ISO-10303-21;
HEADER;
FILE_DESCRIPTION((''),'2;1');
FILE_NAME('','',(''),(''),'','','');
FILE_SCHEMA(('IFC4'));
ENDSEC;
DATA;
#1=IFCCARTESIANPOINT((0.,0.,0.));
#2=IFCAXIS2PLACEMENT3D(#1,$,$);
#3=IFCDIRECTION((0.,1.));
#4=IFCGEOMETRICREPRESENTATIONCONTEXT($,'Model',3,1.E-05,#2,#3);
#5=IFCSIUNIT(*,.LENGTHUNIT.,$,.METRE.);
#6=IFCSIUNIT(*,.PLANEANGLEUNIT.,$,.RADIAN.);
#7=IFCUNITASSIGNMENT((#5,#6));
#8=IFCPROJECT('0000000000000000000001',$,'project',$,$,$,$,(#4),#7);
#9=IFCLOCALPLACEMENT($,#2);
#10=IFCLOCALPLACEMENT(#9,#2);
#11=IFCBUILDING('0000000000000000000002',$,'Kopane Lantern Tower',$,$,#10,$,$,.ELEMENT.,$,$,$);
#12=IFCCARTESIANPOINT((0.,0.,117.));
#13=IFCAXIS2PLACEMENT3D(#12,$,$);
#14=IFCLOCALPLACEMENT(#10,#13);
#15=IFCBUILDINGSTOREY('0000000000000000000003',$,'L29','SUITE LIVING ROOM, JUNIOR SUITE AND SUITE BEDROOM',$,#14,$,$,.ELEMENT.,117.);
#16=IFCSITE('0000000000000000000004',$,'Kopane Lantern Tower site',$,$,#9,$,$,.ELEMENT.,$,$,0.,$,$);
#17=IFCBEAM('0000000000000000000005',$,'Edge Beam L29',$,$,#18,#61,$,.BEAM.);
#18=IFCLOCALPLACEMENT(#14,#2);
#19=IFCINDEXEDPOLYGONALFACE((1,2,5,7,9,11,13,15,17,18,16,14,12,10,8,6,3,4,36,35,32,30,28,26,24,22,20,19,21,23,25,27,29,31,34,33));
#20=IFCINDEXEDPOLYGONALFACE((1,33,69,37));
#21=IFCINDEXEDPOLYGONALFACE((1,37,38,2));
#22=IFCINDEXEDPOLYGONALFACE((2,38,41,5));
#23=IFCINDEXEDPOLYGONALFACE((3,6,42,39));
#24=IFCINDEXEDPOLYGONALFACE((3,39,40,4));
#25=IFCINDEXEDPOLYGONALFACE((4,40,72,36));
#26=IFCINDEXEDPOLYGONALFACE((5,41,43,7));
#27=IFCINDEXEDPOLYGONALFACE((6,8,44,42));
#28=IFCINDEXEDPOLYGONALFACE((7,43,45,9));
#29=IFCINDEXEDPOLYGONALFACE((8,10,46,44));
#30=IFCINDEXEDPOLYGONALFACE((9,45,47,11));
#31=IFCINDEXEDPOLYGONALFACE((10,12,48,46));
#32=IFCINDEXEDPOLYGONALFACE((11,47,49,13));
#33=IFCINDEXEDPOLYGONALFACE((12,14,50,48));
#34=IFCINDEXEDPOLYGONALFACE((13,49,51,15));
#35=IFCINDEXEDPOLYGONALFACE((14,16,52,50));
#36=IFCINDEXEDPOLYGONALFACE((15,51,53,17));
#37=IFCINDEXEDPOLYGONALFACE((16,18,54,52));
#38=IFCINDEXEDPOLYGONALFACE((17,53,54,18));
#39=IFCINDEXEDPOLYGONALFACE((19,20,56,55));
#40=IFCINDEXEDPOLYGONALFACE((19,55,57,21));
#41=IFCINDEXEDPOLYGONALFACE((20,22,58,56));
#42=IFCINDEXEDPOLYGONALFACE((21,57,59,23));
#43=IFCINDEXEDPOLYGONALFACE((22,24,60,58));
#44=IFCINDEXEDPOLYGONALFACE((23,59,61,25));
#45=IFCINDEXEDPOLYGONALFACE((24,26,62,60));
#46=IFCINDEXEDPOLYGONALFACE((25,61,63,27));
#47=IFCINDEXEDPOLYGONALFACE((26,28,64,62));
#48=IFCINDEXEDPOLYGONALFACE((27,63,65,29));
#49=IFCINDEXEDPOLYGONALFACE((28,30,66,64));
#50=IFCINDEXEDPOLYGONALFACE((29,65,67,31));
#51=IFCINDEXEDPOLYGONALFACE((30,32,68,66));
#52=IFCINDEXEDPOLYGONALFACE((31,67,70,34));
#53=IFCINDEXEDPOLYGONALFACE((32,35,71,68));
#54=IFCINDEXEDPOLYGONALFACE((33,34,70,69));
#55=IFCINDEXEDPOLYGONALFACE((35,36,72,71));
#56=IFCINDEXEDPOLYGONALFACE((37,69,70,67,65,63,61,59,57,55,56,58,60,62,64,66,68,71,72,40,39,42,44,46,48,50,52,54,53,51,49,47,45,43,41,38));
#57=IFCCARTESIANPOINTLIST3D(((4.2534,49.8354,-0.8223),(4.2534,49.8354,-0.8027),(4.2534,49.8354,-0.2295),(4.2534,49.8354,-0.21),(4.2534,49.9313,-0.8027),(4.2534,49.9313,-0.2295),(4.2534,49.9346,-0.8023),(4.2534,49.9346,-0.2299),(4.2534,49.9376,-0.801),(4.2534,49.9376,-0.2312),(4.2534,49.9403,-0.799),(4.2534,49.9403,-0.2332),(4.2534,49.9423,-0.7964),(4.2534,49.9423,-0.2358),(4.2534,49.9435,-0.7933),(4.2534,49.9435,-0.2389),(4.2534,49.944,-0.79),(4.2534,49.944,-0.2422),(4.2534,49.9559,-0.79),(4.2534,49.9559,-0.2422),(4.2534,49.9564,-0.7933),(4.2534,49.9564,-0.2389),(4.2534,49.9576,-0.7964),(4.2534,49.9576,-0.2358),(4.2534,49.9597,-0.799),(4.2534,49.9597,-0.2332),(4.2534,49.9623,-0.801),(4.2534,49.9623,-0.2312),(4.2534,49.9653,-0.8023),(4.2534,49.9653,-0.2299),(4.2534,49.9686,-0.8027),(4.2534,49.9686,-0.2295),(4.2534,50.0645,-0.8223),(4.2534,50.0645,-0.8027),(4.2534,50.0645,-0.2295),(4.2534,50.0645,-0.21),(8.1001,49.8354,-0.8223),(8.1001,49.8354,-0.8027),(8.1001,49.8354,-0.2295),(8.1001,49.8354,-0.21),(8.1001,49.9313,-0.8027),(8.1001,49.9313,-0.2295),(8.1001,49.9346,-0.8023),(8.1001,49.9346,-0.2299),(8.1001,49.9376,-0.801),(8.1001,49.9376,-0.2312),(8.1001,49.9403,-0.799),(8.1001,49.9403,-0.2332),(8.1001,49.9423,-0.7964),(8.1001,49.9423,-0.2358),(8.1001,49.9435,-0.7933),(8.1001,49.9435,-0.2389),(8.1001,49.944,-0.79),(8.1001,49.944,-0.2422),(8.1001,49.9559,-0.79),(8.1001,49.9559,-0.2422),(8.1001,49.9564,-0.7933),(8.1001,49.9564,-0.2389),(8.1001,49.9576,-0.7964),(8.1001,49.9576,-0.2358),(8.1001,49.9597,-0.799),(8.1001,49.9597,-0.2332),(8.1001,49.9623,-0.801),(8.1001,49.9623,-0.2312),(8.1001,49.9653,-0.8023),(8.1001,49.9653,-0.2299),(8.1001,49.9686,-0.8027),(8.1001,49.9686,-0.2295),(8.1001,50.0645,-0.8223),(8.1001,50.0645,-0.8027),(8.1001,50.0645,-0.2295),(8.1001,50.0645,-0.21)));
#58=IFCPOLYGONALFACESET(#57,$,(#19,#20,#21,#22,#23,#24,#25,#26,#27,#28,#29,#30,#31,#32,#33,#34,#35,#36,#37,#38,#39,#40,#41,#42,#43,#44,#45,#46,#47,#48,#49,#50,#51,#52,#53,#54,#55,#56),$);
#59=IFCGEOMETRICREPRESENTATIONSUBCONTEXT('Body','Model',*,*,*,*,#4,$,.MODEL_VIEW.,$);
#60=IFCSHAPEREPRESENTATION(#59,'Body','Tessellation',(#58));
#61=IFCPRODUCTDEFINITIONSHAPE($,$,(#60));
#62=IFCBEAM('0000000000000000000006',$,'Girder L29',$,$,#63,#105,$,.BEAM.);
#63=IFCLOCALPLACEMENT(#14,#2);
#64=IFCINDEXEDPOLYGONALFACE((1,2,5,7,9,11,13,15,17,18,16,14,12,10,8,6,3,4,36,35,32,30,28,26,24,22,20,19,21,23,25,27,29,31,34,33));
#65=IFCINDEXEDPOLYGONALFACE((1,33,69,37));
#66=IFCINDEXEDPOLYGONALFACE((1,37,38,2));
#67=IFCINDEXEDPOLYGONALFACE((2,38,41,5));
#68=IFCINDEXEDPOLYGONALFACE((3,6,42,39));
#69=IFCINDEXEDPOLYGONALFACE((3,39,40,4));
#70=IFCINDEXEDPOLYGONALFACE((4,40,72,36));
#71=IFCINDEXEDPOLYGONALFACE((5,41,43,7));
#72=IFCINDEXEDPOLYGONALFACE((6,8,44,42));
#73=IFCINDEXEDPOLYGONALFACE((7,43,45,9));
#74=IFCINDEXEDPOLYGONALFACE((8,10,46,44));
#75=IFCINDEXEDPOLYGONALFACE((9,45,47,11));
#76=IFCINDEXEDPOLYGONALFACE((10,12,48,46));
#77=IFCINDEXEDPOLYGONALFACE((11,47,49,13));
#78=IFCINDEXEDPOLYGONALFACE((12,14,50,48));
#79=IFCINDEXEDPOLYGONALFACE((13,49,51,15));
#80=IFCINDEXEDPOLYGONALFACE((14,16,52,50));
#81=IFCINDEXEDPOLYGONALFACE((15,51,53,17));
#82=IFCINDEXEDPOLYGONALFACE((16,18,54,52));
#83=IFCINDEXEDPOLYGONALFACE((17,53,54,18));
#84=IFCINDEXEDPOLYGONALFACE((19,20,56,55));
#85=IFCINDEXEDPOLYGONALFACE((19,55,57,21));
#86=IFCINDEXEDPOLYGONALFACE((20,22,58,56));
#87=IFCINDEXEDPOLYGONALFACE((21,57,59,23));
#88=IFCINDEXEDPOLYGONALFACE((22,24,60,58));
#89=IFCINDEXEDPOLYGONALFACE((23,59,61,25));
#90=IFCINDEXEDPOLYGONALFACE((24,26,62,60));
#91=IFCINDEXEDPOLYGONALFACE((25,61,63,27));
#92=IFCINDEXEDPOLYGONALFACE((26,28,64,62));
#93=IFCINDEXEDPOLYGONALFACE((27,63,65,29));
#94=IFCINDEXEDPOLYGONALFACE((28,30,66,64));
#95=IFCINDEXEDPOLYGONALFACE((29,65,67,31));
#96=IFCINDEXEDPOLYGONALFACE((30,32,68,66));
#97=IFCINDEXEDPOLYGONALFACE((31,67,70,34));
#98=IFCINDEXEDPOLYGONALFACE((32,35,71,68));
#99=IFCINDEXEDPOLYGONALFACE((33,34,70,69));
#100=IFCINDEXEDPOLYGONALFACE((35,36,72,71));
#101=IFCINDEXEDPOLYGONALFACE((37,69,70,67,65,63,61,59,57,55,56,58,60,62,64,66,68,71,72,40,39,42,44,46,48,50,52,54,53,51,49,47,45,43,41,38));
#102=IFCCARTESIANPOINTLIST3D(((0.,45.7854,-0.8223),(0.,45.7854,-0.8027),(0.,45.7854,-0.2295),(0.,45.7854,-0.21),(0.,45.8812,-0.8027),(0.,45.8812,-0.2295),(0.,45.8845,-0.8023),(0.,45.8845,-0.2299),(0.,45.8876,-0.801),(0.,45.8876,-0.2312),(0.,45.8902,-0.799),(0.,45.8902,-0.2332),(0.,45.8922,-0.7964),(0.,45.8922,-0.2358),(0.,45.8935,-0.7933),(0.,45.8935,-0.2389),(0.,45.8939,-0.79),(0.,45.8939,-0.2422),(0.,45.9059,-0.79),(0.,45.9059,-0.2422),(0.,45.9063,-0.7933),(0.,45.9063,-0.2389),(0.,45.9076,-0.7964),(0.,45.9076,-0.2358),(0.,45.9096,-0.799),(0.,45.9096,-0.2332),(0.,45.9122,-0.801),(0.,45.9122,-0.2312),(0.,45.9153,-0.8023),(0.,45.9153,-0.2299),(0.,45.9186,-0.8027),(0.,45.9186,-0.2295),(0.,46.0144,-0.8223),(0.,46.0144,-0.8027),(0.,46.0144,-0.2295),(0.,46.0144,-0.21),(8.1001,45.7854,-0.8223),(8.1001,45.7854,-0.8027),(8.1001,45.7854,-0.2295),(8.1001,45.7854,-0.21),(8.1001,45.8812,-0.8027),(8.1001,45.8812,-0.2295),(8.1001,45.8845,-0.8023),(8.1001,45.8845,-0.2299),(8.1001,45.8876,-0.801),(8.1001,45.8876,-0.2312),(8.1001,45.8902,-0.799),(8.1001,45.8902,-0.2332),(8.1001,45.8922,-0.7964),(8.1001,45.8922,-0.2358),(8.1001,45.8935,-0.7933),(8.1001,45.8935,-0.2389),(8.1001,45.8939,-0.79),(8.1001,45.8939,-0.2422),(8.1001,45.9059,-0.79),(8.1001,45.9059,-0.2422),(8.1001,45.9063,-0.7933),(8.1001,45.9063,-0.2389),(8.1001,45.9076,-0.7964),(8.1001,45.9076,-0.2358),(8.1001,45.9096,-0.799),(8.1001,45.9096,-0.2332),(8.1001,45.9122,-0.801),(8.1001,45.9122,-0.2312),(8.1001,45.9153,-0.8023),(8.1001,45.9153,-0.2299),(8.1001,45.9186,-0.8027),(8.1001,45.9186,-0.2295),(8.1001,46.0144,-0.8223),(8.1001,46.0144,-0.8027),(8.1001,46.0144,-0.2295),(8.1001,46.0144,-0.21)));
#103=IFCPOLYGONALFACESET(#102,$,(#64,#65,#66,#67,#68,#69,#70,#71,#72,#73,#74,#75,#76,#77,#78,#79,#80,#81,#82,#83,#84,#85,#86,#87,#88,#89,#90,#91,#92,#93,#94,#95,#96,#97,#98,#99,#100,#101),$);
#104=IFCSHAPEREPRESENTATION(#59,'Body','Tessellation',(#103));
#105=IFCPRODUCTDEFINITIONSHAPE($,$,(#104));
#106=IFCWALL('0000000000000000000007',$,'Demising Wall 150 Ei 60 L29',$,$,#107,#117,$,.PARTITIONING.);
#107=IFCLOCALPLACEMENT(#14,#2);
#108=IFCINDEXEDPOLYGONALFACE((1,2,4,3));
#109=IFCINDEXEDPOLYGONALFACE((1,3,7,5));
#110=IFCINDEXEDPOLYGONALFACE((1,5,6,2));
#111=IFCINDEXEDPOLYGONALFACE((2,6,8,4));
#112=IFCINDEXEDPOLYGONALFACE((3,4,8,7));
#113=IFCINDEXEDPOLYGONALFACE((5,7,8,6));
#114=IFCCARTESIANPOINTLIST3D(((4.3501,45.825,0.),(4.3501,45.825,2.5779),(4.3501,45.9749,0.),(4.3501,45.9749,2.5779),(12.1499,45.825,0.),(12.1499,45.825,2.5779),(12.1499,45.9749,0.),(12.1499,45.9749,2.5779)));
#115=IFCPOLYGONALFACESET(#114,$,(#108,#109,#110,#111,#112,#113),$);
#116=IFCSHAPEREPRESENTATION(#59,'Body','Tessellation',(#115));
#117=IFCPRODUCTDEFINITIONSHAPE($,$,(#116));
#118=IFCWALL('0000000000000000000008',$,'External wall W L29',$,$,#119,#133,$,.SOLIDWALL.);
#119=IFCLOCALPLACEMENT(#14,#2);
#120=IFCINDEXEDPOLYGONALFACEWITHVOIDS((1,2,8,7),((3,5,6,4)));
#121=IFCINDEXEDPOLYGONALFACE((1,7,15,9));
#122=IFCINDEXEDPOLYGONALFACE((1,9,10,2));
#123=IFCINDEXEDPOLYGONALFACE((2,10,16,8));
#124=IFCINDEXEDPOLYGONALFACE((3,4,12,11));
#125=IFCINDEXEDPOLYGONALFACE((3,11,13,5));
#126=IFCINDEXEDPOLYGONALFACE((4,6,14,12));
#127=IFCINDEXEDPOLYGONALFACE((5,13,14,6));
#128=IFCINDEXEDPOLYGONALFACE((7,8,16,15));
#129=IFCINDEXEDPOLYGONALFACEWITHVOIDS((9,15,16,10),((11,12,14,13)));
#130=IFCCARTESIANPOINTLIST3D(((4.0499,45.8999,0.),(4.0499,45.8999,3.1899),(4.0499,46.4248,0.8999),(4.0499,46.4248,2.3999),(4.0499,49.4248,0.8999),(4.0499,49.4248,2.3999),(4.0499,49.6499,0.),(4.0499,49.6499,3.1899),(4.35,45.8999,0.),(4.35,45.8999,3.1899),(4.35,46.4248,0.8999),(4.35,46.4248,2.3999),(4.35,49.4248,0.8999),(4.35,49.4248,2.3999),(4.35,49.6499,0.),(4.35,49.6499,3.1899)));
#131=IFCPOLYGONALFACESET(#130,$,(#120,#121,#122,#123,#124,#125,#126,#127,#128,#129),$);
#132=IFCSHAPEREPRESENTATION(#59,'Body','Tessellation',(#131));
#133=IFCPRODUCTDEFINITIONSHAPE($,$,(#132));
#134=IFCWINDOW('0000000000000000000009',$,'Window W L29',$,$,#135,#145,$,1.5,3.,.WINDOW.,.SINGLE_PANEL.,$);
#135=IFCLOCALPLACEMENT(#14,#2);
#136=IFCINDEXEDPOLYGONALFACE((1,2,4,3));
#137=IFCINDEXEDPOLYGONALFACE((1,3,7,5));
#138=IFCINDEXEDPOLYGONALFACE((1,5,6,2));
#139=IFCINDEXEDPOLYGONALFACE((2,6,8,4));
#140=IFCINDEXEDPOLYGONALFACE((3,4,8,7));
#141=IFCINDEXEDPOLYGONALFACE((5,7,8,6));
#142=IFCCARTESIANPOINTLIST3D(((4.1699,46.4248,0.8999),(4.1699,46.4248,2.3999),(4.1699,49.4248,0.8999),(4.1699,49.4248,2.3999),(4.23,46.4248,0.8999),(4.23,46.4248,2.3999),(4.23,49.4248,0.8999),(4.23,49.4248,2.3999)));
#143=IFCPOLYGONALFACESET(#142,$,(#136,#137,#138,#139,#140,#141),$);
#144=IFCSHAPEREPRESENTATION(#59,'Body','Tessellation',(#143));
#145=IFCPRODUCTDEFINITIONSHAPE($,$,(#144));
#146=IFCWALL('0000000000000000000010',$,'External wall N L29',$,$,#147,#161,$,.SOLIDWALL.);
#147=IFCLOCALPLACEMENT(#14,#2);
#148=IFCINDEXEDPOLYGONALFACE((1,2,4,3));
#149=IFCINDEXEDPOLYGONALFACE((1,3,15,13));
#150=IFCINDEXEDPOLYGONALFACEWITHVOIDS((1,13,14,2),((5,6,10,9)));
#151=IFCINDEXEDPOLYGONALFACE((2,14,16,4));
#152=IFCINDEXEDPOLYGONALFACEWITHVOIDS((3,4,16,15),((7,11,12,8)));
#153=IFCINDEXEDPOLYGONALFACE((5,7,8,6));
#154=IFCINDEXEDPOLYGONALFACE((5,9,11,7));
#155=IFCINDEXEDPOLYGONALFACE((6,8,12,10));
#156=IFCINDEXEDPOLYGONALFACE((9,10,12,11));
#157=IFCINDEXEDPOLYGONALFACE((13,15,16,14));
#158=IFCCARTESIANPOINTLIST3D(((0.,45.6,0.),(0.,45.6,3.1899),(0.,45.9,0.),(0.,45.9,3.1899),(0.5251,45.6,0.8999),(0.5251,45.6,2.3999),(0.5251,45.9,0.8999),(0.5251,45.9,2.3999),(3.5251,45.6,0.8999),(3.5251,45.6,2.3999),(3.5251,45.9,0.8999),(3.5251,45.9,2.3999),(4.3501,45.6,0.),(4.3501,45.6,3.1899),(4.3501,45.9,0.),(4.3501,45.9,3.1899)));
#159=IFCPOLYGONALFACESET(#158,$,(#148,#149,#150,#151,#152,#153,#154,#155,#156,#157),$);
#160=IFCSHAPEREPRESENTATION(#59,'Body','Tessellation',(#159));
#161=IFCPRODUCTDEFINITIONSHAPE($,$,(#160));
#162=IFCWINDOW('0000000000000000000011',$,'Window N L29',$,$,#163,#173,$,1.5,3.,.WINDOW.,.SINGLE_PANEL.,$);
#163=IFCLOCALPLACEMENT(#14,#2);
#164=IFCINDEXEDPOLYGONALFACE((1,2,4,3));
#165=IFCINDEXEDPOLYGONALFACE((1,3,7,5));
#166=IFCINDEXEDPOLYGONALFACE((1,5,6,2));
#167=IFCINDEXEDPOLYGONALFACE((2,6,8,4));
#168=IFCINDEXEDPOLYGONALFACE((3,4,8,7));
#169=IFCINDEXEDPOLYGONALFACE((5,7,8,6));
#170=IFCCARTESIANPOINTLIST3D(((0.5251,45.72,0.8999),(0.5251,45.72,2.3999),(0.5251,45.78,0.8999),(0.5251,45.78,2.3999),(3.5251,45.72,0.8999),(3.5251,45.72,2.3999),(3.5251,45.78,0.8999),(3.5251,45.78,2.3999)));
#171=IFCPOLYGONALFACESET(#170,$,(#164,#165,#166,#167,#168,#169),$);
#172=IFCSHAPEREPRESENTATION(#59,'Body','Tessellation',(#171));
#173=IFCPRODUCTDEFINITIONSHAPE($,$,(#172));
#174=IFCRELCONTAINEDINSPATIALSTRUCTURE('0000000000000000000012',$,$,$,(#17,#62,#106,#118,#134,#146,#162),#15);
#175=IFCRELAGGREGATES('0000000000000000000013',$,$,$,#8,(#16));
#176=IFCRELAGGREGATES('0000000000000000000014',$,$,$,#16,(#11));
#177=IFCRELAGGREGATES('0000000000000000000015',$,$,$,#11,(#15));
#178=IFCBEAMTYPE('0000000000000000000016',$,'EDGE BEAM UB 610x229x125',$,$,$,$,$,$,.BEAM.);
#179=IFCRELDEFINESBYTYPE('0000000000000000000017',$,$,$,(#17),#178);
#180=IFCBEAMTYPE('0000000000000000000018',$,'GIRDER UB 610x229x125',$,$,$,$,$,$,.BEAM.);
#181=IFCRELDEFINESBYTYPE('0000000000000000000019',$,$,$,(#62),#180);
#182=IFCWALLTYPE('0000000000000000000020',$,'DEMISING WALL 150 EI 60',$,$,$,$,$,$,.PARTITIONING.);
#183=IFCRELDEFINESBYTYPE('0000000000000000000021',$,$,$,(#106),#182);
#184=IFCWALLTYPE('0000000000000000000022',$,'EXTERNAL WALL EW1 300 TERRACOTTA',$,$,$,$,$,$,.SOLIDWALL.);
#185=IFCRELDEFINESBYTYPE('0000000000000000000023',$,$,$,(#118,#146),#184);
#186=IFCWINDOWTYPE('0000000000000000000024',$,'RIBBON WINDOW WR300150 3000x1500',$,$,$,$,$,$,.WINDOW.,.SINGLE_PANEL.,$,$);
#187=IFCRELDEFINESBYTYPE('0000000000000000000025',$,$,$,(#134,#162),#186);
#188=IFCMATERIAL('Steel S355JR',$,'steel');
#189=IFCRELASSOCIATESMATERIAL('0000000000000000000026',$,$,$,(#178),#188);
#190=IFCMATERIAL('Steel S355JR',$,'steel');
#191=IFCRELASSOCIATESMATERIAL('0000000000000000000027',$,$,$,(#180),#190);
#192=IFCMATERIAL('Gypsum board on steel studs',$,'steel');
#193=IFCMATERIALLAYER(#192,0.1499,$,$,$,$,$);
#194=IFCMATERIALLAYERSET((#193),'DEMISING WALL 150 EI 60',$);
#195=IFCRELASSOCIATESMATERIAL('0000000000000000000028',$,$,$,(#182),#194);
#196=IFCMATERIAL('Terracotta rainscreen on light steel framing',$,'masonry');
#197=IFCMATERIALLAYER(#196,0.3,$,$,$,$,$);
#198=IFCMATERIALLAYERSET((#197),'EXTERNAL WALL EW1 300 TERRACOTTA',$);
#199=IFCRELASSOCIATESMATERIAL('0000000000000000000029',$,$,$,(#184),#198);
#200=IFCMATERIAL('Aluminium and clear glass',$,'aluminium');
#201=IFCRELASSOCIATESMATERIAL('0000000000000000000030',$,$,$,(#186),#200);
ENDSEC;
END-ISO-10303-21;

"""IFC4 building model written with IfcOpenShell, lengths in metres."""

from ifc_helpers import new_model, si_unit, direction, frame, frame_2d, origin, origin_2d, place, context, subcontext, project, spatial, rectangle, i_section, extrude, material, layer, layer_set, material_profile, profile_set, type_object, element, fill, save


model = new_model("IFC4")

# Units and contexts
model_context = context("Model", 3, precision=1e-05, world=origin(), true_north=direction((0.0, 1.0)))
body_context = subcontext(model_context, "Body", "Model", "MODEL_VIEW")
ifc_project = project(units=[si_unit("LENGTHUNIT", "METRE"), si_unit("PLANEANGLEUNIT", "RADIAN")], contexts=[model_context])

# Site, building, storey
site_placement = place(None, origin())
site = spatial("IfcSite", under=ifc_project, at=site_placement, Name="Kopane Lantern Tower site", CompositionType="ELEMENT", RefElevation=0.0)
building_placement = place(site_placement, origin())
building = spatial("IfcBuilding", under=site, at=building_placement, Name="Kopane Lantern Tower", CompositionType="ELEMENT")
storey_placement = place(building_placement, frame((0.0, 0.0, 117.0)))
storey = spatial("IfcBuildingStorey", under=building, at=storey_placement, Name="L29", Description="SUITE LIVING ROOM, JUNIOR SUITE AND SUITE BEDROOM", CompositionType="ELEMENT", Elevation=117.0)

# Beams
ifc_material_1 = material(Name="Steel S355JR", Category="steel")
ifc_material_profile_1 = material_profile(ifc_material_1, i_section(OverallWidth=0.229, OverallDepth=0.6123, WebThickness=0.012, FlangeThickness=0.0195, FilletRadius=0.0127, at=origin_2d()), Name="UB 610x229x125")
ifc_profile_set_1 = profile_set([ifc_material_profile_1], Name="Steel S355JR")
beam_type_1 = type_object("IfcBeamType", Name="EDGE BEAM UB 610x229x125", PredefinedType="BEAM", material=ifc_profile_set_1)
for number, where, z_axis, x_axis, name in (
    (1, (4.2534, 49.95, -0.5161), (1.0, 0.0, 0.0), (0.0, 1.0, 0.0), "Edge Beam L29"),
):
    element("IfcBeam", number, at=place(storey_placement, frame(where, z_axis=z_axis, x_axis=x_axis)), inside=storey, type_object=beam_type_1, Name=name, PredefinedType="BEAM", context=body_context, shape_type="SweptSolid", body=[
        extrude(i_section(OverallWidth=0.229, OverallDepth=0.6123, WebThickness=0.012, FlangeThickness=0.0195, FilletRadius=0.0127, at=origin_2d()), origin(), (0.0, 0.0, 1.0), 3.8467),
    ])
ifc_material_2 = material(Name="Steel S355JR", Category="steel")
ifc_material_profile_2 = material_profile(ifc_material_2, i_section(OverallWidth=0.229, OverallDepth=0.6123, WebThickness=0.012, FlangeThickness=0.0195, FilletRadius=0.0127, at=origin_2d()), Name="UB 610x229x125")
ifc_profile_set_2 = profile_set([ifc_material_profile_2], Name="Steel S355JR")
beam_type_2 = type_object("IfcBeamType", Name="GIRDER UB 610x229x125", PredefinedType="BEAM", material=ifc_profile_set_2)
beam_1_placement = place(storey_placement, frame((0.0, 45.8999, -0.5161), z_axis=(1.0, 0.0, 0.0), x_axis=(0.0, 1.0, 0.0)))
element("IfcBeam", 2, at=beam_1_placement, inside=storey, type_object=beam_type_2, Name="Girder L29", PredefinedType="BEAM", context=body_context, shape_type="SweptSolid", body=[
    extrude(i_section(OverallWidth=0.229, OverallDepth=0.6123, WebThickness=0.012, FlangeThickness=0.0195, FilletRadius=0.0127, at=origin_2d()), origin(), (0.0, 0.0, 1.0), 8.1001),
])

# Wall
ifc_material_3 = material(Name="Gypsum board on steel studs", Category="steel")
ifc_layer_1 = layer(ifc_material_3, 0.1499)
ifc_layer_set_1 = layer_set([ifc_layer_1], Name="DEMISING WALL 150 EI 60")
wall_type_1 = type_object("IfcWallType", Name="DEMISING WALL 150 EI 60", PredefinedType="PARTITIONING", material=ifc_layer_set_1)
wall_1_placement = place(storey_placement, frame((4.3501, 45.8999, 0.0), z_axis=(0.0, 0.0, 1.0), x_axis=(1.0, 0.0, 0.0)))
element("IfcWall", 3, at=wall_1_placement, inside=storey, type_object=wall_type_1, Name="Demising Wall 150 Ei 60 L29", PredefinedType="PARTITIONING", context=body_context, shape_type="SweptSolid", body=[
    extrude(rectangle(XDim=7.7998, YDim=0.1499, at=frame_2d((3.8999, 0.0))), origin(), (0.0, 0.0, 1.0), 2.5779),
])

# Walls, openings, windows
ifc_material_4 = material(Name="Terracotta rainscreen on light steel framing", Category="masonry")
ifc_layer_2 = layer(ifc_material_4, 0.3)
ifc_layer_set_2 = layer_set([ifc_layer_2], Name="EXTERNAL WALL EW1 300 TERRACOTTA")
wall_type_2 = type_object("IfcWallType", Name="EXTERNAL WALL EW1 300 TERRACOTTA", PredefinedType="SOLIDWALL", material=ifc_layer_set_2)
wall_2_placement = place(storey_placement, frame((4.2, 49.6499, 0.0), z_axis=(0.0, 0.0, 1.0), x_axis=(0.0, -1.0, 0.0)))
wall_2 = element("IfcWall", 4, at=wall_2_placement, inside=storey, type_object=wall_type_2, Name="External wall W L29", PredefinedType="SOLIDWALL", context=body_context, shape_type="SweptSolid", body=[
    extrude(rectangle(XDim=3.75, YDim=0.3, at=frame_2d((1.875, 0.0))), origin(), (0.0, 0.0, 1.0), 3.1899),
])
opening_1_placement = place(wall_2_placement, frame((0.2251, 0.0, 0.8999)))
opening_1 = element("IfcOpeningElement", 5, at=opening_1_placement, cuts=wall_2, PredefinedType="OPENING", context=body_context, shape_type="SweptSolid", body=[
    extrude(rectangle(XDim=3.0, YDim=1.5, at=frame_2d((1.5, 0.75))), frame((0.0, 0.1599, 0.0), z_axis=(0.0, -1.0, 0.0), x_axis=(1.0, 0.0, 0.0)), (0.0, 0.0, 1.0), 0.3201),
])
ifc_material_5 = material(Name="Aluminium and clear glass", Category="aluminium")
window_type_1 = type_object("IfcWindowType", Name="RIBBON WINDOW WR300150 3000x1500", PartitioningType="SINGLE_PANEL", PredefinedType="WINDOW", material=ifc_material_5)
window_1_placement = place(opening_1_placement, origin())
window_1 = element("IfcWindow", 6, at=window_1_placement, inside=storey, type_object=window_type_1, Name="Window W L29", OverallHeight=1.5, OverallWidth=3.0, PartitioningType="SINGLE_PANEL", PredefinedType="WINDOW", context=body_context, shape_type="SweptSolid", body=[
    extrude(rectangle(XDim=3.0, YDim=1.5, at=frame_2d((1.5, 0.75))), frame((0.0, 0.03, 0.0), z_axis=(0.0, -1.0, 0.0), x_axis=(1.0, 0.0, 0.0)), (0.0, 0.0, 1.0), 0.0601),
])
fill(opening_1, window_1)
wall_3_placement = place(storey_placement, frame((4.3501, 45.75, 0.0), z_axis=(0.0, 0.0, 1.0), x_axis=(-1.0, 0.0, 0.0)))
wall_3 = element("IfcWall", 7, at=wall_3_placement, inside=storey, type_object=wall_type_2, Name="External wall N L29", PredefinedType="SOLIDWALL", context=body_context, shape_type="SweptSolid", body=[
    extrude(rectangle(XDim=4.3501, YDim=0.3, at=frame_2d((2.175, 0.0))), origin(), (0.0, 0.0, 1.0), 3.1899),
])
opening_2_placement = place(wall_3_placement, frame((0.825, 0.0, 0.8999)))
opening_2 = element("IfcOpeningElement", 8, at=opening_2_placement, cuts=wall_3, PredefinedType="OPENING", context=body_context, shape_type="SweptSolid", body=[
    extrude(rectangle(XDim=3.0, YDim=1.5, at=frame_2d((1.5, 0.75))), frame((0.0, 0.1599, 0.0), z_axis=(0.0, -1.0, 0.0), x_axis=(1.0, 0.0, 0.0)), (0.0, 0.0, 1.0), 0.3201),
])
window_2_placement = place(opening_2_placement, origin())
window_2 = element("IfcWindow", 9, at=window_2_placement, inside=storey, type_object=window_type_1, Name="Window N L29", OverallHeight=1.5, OverallWidth=3.0, PartitioningType="SINGLE_PANEL", PredefinedType="WINDOW", context=body_context, shape_type="SweptSolid", body=[
    extrude(rectangle(XDim=3.0, YDim=1.5, at=frame_2d((1.5, 0.75))), frame((0.0, 0.03, 0.0), z_axis=(0.0, -1.0, 0.0), x_axis=(1.0, 0.0, 0.0)), (0.0, 0.0, 1.0), 0.0601),
])
fill(opening_2, window_2)

save(model, "model.ifc")
